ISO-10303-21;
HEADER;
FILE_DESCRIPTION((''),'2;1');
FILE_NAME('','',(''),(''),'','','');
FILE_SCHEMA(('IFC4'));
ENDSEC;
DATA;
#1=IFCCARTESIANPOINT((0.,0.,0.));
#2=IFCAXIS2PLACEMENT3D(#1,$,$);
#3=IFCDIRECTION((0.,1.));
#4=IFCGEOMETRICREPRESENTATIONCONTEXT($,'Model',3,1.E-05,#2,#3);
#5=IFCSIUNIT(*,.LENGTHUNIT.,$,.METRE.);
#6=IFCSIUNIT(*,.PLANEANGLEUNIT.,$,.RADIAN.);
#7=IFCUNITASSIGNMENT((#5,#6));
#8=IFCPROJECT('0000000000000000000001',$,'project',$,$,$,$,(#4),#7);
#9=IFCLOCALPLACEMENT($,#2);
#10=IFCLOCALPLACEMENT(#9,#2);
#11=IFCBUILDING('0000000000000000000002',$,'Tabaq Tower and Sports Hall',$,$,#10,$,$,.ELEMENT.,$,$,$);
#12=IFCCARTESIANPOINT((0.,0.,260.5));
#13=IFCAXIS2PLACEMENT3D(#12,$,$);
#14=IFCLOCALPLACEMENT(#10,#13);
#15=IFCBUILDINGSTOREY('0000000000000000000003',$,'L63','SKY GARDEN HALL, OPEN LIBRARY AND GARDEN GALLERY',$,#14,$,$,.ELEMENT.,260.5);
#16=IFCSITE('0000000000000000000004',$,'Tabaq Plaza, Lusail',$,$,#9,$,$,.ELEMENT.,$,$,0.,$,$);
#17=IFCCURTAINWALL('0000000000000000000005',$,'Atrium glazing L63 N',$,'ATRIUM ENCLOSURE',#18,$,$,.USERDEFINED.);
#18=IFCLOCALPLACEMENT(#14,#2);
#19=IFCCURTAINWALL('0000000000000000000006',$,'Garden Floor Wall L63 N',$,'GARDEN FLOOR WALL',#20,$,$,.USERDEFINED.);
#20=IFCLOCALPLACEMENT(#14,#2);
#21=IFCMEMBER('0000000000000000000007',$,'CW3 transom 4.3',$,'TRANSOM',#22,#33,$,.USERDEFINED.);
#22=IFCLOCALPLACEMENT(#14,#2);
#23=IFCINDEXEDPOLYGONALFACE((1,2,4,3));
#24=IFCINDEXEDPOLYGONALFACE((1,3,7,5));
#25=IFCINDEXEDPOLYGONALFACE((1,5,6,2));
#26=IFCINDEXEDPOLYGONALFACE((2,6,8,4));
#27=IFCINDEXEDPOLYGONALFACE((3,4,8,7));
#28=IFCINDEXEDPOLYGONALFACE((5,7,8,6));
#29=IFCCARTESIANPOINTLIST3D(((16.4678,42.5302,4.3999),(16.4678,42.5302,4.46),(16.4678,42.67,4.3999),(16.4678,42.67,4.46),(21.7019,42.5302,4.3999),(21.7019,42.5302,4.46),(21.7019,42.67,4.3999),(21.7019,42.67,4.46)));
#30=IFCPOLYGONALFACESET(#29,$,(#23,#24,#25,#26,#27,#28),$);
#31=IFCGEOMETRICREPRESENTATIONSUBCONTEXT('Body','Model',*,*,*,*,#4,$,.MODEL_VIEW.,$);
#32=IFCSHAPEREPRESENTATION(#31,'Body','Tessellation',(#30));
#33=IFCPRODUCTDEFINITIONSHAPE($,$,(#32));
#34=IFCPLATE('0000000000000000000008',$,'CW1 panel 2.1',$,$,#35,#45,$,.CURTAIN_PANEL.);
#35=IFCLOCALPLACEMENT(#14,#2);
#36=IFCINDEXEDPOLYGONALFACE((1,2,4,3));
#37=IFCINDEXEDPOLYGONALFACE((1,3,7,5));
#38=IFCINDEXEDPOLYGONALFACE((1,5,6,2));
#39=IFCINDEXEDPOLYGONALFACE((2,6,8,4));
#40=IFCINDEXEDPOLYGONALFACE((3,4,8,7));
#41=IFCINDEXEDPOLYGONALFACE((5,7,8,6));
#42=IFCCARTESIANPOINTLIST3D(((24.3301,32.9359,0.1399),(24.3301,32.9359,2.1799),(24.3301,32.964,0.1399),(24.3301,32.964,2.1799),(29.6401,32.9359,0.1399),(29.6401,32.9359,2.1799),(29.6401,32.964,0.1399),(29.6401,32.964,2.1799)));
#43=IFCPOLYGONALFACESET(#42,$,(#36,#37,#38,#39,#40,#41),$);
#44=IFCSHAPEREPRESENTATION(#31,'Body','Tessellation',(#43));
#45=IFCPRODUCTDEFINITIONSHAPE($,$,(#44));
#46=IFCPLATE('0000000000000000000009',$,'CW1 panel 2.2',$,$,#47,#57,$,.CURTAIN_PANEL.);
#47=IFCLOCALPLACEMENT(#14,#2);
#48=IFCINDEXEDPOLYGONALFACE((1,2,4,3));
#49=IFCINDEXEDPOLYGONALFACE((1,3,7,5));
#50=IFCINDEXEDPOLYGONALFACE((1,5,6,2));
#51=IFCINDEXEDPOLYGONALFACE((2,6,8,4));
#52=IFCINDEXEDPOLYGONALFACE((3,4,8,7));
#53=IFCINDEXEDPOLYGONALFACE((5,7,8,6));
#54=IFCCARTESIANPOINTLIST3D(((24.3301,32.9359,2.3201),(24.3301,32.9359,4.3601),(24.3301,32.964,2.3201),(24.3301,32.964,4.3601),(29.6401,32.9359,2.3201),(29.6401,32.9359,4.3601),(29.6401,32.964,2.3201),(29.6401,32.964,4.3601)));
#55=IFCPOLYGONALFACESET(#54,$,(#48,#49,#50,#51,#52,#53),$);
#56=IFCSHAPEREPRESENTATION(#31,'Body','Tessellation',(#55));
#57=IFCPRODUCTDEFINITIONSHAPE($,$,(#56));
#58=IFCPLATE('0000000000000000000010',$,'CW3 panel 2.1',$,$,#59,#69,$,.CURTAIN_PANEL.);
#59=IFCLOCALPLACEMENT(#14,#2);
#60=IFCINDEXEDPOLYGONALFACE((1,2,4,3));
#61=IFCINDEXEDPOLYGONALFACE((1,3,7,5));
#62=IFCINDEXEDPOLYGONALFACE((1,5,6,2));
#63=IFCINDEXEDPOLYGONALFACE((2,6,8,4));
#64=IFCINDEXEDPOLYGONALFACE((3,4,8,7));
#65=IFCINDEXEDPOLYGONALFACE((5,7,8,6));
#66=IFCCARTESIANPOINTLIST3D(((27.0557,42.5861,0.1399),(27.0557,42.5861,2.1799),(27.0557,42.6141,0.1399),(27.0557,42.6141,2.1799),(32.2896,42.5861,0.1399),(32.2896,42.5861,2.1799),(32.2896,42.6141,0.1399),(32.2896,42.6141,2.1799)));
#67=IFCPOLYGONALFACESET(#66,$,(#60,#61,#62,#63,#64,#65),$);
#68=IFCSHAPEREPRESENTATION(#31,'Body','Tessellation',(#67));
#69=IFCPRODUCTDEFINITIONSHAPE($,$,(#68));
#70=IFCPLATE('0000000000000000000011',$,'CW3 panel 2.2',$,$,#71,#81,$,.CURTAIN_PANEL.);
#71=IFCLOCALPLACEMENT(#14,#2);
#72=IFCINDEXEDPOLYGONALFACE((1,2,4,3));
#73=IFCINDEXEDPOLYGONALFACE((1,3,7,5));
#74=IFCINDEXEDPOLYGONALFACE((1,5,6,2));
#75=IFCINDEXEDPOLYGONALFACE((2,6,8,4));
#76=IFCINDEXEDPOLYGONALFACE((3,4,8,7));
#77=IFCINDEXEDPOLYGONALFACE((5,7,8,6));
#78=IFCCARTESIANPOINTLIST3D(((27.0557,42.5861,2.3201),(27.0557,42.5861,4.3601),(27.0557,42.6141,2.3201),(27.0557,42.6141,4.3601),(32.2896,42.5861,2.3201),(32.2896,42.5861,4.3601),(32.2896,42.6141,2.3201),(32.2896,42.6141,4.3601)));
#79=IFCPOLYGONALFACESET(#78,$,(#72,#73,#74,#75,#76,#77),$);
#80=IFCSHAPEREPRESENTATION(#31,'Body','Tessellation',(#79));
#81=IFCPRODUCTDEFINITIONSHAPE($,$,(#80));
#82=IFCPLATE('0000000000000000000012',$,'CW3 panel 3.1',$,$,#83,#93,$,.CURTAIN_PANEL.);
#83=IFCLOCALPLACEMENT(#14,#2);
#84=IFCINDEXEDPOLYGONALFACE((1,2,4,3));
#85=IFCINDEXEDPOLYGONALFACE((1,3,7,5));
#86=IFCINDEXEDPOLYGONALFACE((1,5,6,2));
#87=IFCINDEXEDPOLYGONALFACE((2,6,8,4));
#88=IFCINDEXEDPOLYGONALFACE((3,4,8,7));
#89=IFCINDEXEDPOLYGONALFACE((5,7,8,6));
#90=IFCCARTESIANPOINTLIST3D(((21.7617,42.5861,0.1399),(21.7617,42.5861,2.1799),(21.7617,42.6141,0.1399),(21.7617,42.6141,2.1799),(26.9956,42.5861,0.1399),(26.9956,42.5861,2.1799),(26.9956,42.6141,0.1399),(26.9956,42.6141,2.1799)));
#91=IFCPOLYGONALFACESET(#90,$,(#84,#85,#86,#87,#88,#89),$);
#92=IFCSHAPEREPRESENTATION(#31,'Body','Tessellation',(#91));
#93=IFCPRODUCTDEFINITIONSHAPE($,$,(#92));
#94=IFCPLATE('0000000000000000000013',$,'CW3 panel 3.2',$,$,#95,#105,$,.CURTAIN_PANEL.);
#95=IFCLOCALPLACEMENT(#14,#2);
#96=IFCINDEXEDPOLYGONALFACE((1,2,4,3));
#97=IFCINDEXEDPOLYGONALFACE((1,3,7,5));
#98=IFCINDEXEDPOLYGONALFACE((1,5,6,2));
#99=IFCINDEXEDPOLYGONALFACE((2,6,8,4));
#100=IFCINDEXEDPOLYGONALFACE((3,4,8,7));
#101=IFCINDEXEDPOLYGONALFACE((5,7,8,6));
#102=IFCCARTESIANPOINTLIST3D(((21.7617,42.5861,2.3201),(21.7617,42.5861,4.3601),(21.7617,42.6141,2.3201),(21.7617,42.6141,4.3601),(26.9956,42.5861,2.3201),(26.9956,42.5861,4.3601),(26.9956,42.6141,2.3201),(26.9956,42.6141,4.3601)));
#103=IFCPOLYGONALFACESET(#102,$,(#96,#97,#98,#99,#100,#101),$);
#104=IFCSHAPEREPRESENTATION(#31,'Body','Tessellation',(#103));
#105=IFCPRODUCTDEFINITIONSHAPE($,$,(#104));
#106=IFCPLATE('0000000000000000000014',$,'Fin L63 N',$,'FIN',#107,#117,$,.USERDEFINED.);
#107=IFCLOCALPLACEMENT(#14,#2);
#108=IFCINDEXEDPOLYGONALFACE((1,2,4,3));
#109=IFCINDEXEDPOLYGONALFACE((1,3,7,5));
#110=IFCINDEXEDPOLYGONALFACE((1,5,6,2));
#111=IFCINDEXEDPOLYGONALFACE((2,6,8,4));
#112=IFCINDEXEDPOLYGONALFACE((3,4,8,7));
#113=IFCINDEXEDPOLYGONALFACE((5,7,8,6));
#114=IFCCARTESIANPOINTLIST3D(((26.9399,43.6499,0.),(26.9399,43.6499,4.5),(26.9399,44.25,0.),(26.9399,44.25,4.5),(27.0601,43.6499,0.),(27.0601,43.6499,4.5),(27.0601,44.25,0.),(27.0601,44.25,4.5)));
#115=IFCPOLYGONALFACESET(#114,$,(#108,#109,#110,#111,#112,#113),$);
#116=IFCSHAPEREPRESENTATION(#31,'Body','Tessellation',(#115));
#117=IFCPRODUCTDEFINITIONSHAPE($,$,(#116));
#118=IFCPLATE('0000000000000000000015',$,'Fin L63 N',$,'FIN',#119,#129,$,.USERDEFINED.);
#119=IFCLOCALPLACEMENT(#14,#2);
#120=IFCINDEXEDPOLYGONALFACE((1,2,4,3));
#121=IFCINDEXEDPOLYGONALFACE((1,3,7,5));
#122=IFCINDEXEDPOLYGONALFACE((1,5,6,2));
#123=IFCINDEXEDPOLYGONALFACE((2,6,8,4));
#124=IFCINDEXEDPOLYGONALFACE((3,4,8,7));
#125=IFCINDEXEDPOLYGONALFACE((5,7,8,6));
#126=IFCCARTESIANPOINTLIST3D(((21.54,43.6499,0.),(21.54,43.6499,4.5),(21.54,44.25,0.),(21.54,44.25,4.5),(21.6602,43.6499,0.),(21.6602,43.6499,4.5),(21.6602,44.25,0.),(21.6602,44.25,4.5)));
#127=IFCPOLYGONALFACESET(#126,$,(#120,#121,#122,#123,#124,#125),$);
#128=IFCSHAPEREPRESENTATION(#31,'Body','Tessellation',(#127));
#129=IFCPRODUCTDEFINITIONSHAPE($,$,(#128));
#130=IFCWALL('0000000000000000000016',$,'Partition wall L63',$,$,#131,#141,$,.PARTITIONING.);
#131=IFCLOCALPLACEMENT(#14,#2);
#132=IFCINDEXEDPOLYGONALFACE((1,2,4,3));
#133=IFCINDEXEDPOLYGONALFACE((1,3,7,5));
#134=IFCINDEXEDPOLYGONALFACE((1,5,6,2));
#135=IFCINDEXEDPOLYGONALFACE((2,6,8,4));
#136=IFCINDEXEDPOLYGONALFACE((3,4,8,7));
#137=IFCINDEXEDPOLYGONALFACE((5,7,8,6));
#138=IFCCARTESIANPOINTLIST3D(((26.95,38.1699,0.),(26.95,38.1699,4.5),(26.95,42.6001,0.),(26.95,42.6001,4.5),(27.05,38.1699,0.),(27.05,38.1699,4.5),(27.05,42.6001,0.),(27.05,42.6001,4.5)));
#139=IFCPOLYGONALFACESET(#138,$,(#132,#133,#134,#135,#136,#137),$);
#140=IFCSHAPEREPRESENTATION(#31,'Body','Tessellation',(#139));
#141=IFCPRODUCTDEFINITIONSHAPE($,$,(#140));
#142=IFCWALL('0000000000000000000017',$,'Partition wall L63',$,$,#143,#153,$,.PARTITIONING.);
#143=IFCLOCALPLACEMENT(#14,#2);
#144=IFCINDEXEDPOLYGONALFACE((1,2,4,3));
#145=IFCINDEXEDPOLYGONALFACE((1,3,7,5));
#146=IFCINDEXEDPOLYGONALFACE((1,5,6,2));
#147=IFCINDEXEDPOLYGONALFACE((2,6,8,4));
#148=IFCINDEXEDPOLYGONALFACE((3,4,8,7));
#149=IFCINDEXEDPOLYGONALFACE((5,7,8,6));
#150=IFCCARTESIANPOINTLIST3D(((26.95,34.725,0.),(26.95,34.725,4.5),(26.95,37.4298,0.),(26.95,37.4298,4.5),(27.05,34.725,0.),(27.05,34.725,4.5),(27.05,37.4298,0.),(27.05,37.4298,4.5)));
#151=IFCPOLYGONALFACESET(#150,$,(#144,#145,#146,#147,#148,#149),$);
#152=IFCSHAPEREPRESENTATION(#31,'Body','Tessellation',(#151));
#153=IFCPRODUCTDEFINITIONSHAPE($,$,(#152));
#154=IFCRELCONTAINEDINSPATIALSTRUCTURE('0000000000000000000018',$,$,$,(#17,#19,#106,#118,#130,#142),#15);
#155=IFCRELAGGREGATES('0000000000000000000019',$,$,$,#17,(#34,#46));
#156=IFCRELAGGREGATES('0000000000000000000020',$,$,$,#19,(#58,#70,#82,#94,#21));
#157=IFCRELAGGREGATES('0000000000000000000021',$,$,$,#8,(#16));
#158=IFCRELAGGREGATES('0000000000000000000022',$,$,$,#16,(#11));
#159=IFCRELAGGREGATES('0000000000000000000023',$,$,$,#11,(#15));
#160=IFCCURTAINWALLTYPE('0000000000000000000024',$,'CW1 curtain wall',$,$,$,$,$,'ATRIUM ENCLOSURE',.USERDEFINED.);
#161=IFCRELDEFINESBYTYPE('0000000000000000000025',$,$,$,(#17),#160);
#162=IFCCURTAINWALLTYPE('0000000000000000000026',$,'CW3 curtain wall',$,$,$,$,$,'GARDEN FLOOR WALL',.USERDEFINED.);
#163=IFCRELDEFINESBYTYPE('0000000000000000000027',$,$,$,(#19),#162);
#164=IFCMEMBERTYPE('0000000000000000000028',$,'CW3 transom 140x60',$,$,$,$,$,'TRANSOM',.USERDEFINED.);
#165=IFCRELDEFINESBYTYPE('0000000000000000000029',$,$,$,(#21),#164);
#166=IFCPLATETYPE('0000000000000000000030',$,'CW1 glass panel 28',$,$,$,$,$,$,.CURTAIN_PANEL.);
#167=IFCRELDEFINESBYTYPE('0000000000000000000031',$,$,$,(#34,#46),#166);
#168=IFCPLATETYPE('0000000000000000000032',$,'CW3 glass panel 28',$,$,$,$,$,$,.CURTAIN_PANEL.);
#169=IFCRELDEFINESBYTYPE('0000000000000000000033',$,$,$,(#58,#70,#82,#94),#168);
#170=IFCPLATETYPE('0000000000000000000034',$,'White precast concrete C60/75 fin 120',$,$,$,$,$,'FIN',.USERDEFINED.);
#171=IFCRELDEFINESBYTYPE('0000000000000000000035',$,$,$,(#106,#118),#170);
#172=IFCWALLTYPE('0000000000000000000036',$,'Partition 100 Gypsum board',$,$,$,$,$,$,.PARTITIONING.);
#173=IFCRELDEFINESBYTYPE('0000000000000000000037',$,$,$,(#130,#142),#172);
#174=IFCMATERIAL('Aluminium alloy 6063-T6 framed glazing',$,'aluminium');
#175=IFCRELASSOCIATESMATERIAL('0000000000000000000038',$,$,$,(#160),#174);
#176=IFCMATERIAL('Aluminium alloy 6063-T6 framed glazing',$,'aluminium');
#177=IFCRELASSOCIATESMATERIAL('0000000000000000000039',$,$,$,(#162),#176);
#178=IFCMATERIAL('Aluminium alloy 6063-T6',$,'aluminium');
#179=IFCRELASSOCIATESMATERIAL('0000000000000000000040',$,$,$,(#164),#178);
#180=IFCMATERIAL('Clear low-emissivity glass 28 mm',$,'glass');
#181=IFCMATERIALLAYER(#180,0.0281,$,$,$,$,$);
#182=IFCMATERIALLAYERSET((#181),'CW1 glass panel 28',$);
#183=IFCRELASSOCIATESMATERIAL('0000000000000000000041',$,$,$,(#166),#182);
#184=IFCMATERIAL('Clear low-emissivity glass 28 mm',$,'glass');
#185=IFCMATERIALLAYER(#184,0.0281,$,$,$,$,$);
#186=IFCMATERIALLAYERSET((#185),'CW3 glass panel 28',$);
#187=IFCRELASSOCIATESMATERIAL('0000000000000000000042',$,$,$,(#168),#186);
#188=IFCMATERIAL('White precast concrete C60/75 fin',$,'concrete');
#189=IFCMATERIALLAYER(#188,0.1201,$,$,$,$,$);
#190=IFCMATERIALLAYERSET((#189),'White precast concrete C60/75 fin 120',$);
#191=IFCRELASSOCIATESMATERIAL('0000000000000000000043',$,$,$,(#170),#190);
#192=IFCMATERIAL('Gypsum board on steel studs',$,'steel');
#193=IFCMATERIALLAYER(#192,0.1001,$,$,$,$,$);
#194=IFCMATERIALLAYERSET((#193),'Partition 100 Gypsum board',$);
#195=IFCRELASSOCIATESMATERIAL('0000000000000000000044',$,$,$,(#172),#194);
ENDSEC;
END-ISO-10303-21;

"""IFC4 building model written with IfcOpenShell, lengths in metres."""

from ifc_helpers import new_model, si_unit, direction, frame, frame_2d, origin, origin_2d, place, context, subcontext, project, spatial, rectangle, extrude, material, layer, layer_set, material_profile, profile_set, type_object, element, aggregate, save


model = new_model("IFC4")

# Units and contexts
model_context = context("Model", 3, precision=1e-05, world=origin(), true_north=direction((0.0, 1.0)))
body_context = subcontext(model_context, "Body", "Model", "MODEL_VIEW")
ifc_project = project(units=[si_unit("LENGTHUNIT", "METRE"), si_unit("PLANEANGLEUNIT", "RADIAN")], contexts=[model_context])

# Site, building, storey
site_placement = place(None, origin())
site = spatial("IfcSite", under=ifc_project, at=site_placement, Name="Tabaq Plaza, Lusail", CompositionType="ELEMENT", RefElevation=0.0)
building_placement = place(site_placement, origin())
building = spatial("IfcBuilding", under=site, at=building_placement, Name="Tabaq Tower and Sports Hall", CompositionType="ELEMENT")
storey_placement = place(building_placement, frame((0.0, 0.0, 260.5)))
storey = spatial("IfcBuildingStorey", under=building, at=storey_placement, Name="L63", Description="SKY GARDEN HALL, OPEN LIBRARY AND GARDEN GALLERY", CompositionType="ELEMENT", Elevation=260.5)

# Curtain wall
ifc_material_1 = material(Name="Aluminium alloy 6063-T6 framed glazing", Category="aluminium")
curtain_wall_type_1 = type_object("IfcCurtainWallType", Name="CW1 curtain wall", ElementType="ATRIUM ENCLOSURE", PredefinedType="USERDEFINED", material=ifc_material_1)
curtain_wall_1_placement = place(storey_placement, origin())
curtain_wall_1 = element("IfcCurtainWall", 1, at=curtain_wall_1_placement, inside=storey, type_object=curtain_wall_type_1, Name="Atrium glazing L63 N", ObjectType="ATRIUM ENCLOSURE", PredefinedType="USERDEFINED")

# Curtain wall, member
ifc_material_2 = material(Name="Aluminium alloy 6063-T6 framed glazing", Category="aluminium")
curtain_wall_type_2 = type_object("IfcCurtainWallType", Name="CW3 curtain wall", ElementType="GARDEN FLOOR WALL", PredefinedType="USERDEFINED", material=ifc_material_2)
curtain_wall_2_placement = place(storey_placement, origin())
curtain_wall_2 = element("IfcCurtainWall", 2, at=curtain_wall_2_placement, inside=storey, type_object=curtain_wall_type_2, Name="Garden Floor Wall L63 N", ObjectType="GARDEN FLOOR WALL", PredefinedType="USERDEFINED")
ifc_material_3 = material(Name="Aluminium alloy 6063-T6", Category="aluminium")
ifc_material_profile_1 = material_profile(ifc_material_3, rectangle(XDim=0.1399, YDim=0.0601, at=origin_2d()), Name="TRANSOM 140x60")
ifc_profile_set_1 = profile_set([ifc_material_profile_1], Name="Aluminium alloy 6063-T6")
member_type_1 = type_object("IfcMemberType", Name="CW3 transom 140x60", ElementType="TRANSOM", PredefinedType="USERDEFINED", material=ifc_profile_set_1)
member_1_placement = place(storey_placement, frame((21.7019, 42.6001, 4.4299), z_axis=(-1.0, 0.0, 0.0), x_axis=(0.0, -1.0, 0.0)))
member_1 = element("IfcMember", 3, at=member_1_placement, type_object=member_type_1, Name="CW3 transom 4.3", ObjectType="TRANSOM", PredefinedType="USERDEFINED", context=body_context, shape_type="SweptSolid", body=[
    extrude(rectangle(XDim=0.1399, YDim=0.0601, at=origin_2d()), origin(), (0.0, 0.0, 1.0), 5.2341),
])

# Plates
ifc_material_4 = material(Name="Clear low-emissivity glass 28 mm", Category="glass")
ifc_layer_1 = layer(ifc_material_4, 0.0281)
ifc_layer_set_1 = layer_set([ifc_layer_1], Name="CW1 glass panel 28")
plate_type_1 = type_object("IfcPlateType", Name="CW1 glass panel 28", PredefinedType="CURTAIN_PANEL", material=ifc_layer_set_1)
plate_1_placement = place(storey_placement, frame((26.9851, 32.95, 0.1399), z_axis=(0.0, 0.0, 1.0), x_axis=(1.0, 0.0, 0.0)))
plate_1 = element("IfcPlate", 4, at=plate_1_placement, type_object=plate_type_1, Name="CW1 panel 2.1", PredefinedType="CURTAIN_PANEL", context=body_context, shape_type="SweptSolid", body=[
    extrude(rectangle(XDim=5.3101, YDim=0.0281, at=origin_2d()), origin(), (0.0, 0.0, 1.0), 2.04),
])
plate_2_placement = place(storey_placement, frame((26.9851, 32.95, 2.3201), z_axis=(0.0, 0.0, 1.0), x_axis=(1.0, 0.0, 0.0)))
plate_2 = element("IfcPlate", 5, at=plate_2_placement, type_object=plate_type_1, Name="CW1 panel 2.2", PredefinedType="CURTAIN_PANEL", context=body_context, shape_type="SweptSolid", body=[
    extrude(rectangle(XDim=5.3101, YDim=0.0281, at=origin_2d()), origin(), (0.0, 0.0, 1.0), 2.04),
])
aggregate(curtain_wall_1, [plate_1, plate_2])
ifc_material_5 = material(Name="Clear low-emissivity glass 28 mm", Category="glass")
ifc_layer_2 = layer(ifc_material_5, 0.0281)
ifc_layer_set_2 = layer_set([ifc_layer_2], Name="CW3 glass panel 28")
plate_type_2 = type_object("IfcPlateType", Name="CW3 glass panel 28", PredefinedType="CURTAIN_PANEL", material=ifc_layer_set_2)
plate_3_placement = place(storey_placement, frame((29.6726, 42.6001, 0.1399), z_axis=(0.0, 0.0, 1.0), x_axis=(-1.0, 0.0, 0.0)))
plate_3 = element("IfcPlate", 6, at=plate_3_placement, type_object=plate_type_2, Name="CW3 panel 2.1", PredefinedType="CURTAIN_PANEL", context=body_context, shape_type="SweptSolid", body=[
    extrude(rectangle(XDim=5.2339, YDim=0.0281, at=origin_2d()), origin(), (0.0, 0.0, 1.0), 2.04),
])
plate_4_placement = place(storey_placement, frame((29.6726, 42.6001, 2.3201), z_axis=(0.0, 0.0, 1.0), x_axis=(-1.0, 0.0, 0.0)))
plate_4 = element("IfcPlate", 7, at=plate_4_placement, type_object=plate_type_2, Name="CW3 panel 2.2", PredefinedType="CURTAIN_PANEL", context=body_context, shape_type="SweptSolid", body=[
    extrude(rectangle(XDim=5.2339, YDim=0.0281, at=origin_2d()), origin(), (0.0, 0.0, 1.0), 2.04),
])
plate_5_placement = place(storey_placement, frame((24.3787, 42.6001, 0.1399), z_axis=(0.0, 0.0, 1.0), x_axis=(-1.0, 0.0, 0.0)))
plate_5 = element("IfcPlate", 8, at=plate_5_placement, type_object=plate_type_2, Name="CW3 panel 3.1", PredefinedType="CURTAIN_PANEL", context=body_context, shape_type="SweptSolid", body=[
    extrude(rectangle(XDim=5.2339, YDim=0.0281, at=origin_2d()), origin(), (0.0, 0.0, 1.0), 2.04),
])
plate_6_placement = place(storey_placement, frame((24.3787, 42.6001, 2.3201), z_axis=(0.0, 0.0, 1.0), x_axis=(-1.0, 0.0, 0.0)))
plate_6 = element("IfcPlate", 9, at=plate_6_placement, type_object=plate_type_2, Name="CW3 panel 3.2", PredefinedType="CURTAIN_PANEL", context=body_context, shape_type="SweptSolid", body=[
    extrude(rectangle(XDim=5.2339, YDim=0.0281, at=origin_2d()), origin(), (0.0, 0.0, 1.0), 2.04),
])
aggregate(curtain_wall_2, [plate_3, plate_4, plate_5, plate_6, member_1])

# Plates
ifc_material_6 = material(Name="White precast concrete C60/75 fin", Category="concrete")
ifc_layer_3 = layer(ifc_material_6, 0.1201)
ifc_layer_set_3 = layer_set([ifc_layer_3], Name="White precast concrete C60/75 fin 120")
plate_type_3 = type_object("IfcPlateType", Name="White precast concrete C60/75 fin 120", ElementType="FIN", PredefinedType="USERDEFINED", material=ifc_layer_set_3)
for number, where, z_axis, x_axis, name in (
    (10, (27.0, 43.95, 0.0), (0.0, 0.0, 1.0), (-1.0, 0.0, 0.0), "Fin L63 N"),
    (11, (21.6001, 43.95, 0.0), (0.0, 0.0, 1.0), (-1.0, 0.0, 0.0), "Fin L63 N"),
):
    element("IfcPlate", number, at=place(storey_placement, frame(where, z_axis=z_axis, x_axis=x_axis)), inside=storey, type_object=plate_type_3, Name=name, ObjectType="FIN", PredefinedType="USERDEFINED", context=body_context, shape_type="SweptSolid", body=[
        extrude(rectangle(XDim=0.1201, YDim=0.6001, at=origin_2d()), origin(), (0.0, 0.0, 1.0), 4.5),
    ])

# Walls
ifc_material_7 = material(Name="Gypsum board on steel studs", Category="steel")
ifc_layer_4 = layer(ifc_material_7, 0.1001)
ifc_layer_set_4 = layer_set([ifc_layer_4], Name="Partition 100 Gypsum board")
wall_type = type_object("IfcWallType", Name="Partition 100 Gypsum board", PredefinedType="PARTITIONING", material=ifc_layer_set_4)
wall_1_placement = place(storey_placement, frame((27.0, 42.6001, 0.0), z_axis=(0.0, 0.0, 1.0), x_axis=(0.0, -1.0, 0.0)))
element("IfcWall", 12, at=wall_1_placement, inside=storey, type_object=wall_type, Name="Partition wall L63", PredefinedType="PARTITIONING", context=body_context, shape_type="SweptSolid", body=[
    extrude(rectangle(XDim=4.4302, YDim=0.1001, at=frame_2d((2.2151, 0.0))), origin(), (0.0, 0.0, 1.0), 4.5),
])
wall_2_placement = place(storey_placement, frame((27.0, 37.4299, 0.0), z_axis=(0.0, 0.0, 1.0), x_axis=(0.0, -1.0, 0.0)))
element("IfcWall", 13, at=wall_2_placement, inside=storey, type_object=wall_type, Name="Partition wall L63", PredefinedType="PARTITIONING", context=body_context, shape_type="SweptSolid", body=[
    extrude(rectangle(XDim=2.7048, YDim=0.1001, at=frame_2d((1.3525, 0.0))), origin(), (0.0, 0.0, 1.0), 4.5),
])

save(model, "model.ifc")
